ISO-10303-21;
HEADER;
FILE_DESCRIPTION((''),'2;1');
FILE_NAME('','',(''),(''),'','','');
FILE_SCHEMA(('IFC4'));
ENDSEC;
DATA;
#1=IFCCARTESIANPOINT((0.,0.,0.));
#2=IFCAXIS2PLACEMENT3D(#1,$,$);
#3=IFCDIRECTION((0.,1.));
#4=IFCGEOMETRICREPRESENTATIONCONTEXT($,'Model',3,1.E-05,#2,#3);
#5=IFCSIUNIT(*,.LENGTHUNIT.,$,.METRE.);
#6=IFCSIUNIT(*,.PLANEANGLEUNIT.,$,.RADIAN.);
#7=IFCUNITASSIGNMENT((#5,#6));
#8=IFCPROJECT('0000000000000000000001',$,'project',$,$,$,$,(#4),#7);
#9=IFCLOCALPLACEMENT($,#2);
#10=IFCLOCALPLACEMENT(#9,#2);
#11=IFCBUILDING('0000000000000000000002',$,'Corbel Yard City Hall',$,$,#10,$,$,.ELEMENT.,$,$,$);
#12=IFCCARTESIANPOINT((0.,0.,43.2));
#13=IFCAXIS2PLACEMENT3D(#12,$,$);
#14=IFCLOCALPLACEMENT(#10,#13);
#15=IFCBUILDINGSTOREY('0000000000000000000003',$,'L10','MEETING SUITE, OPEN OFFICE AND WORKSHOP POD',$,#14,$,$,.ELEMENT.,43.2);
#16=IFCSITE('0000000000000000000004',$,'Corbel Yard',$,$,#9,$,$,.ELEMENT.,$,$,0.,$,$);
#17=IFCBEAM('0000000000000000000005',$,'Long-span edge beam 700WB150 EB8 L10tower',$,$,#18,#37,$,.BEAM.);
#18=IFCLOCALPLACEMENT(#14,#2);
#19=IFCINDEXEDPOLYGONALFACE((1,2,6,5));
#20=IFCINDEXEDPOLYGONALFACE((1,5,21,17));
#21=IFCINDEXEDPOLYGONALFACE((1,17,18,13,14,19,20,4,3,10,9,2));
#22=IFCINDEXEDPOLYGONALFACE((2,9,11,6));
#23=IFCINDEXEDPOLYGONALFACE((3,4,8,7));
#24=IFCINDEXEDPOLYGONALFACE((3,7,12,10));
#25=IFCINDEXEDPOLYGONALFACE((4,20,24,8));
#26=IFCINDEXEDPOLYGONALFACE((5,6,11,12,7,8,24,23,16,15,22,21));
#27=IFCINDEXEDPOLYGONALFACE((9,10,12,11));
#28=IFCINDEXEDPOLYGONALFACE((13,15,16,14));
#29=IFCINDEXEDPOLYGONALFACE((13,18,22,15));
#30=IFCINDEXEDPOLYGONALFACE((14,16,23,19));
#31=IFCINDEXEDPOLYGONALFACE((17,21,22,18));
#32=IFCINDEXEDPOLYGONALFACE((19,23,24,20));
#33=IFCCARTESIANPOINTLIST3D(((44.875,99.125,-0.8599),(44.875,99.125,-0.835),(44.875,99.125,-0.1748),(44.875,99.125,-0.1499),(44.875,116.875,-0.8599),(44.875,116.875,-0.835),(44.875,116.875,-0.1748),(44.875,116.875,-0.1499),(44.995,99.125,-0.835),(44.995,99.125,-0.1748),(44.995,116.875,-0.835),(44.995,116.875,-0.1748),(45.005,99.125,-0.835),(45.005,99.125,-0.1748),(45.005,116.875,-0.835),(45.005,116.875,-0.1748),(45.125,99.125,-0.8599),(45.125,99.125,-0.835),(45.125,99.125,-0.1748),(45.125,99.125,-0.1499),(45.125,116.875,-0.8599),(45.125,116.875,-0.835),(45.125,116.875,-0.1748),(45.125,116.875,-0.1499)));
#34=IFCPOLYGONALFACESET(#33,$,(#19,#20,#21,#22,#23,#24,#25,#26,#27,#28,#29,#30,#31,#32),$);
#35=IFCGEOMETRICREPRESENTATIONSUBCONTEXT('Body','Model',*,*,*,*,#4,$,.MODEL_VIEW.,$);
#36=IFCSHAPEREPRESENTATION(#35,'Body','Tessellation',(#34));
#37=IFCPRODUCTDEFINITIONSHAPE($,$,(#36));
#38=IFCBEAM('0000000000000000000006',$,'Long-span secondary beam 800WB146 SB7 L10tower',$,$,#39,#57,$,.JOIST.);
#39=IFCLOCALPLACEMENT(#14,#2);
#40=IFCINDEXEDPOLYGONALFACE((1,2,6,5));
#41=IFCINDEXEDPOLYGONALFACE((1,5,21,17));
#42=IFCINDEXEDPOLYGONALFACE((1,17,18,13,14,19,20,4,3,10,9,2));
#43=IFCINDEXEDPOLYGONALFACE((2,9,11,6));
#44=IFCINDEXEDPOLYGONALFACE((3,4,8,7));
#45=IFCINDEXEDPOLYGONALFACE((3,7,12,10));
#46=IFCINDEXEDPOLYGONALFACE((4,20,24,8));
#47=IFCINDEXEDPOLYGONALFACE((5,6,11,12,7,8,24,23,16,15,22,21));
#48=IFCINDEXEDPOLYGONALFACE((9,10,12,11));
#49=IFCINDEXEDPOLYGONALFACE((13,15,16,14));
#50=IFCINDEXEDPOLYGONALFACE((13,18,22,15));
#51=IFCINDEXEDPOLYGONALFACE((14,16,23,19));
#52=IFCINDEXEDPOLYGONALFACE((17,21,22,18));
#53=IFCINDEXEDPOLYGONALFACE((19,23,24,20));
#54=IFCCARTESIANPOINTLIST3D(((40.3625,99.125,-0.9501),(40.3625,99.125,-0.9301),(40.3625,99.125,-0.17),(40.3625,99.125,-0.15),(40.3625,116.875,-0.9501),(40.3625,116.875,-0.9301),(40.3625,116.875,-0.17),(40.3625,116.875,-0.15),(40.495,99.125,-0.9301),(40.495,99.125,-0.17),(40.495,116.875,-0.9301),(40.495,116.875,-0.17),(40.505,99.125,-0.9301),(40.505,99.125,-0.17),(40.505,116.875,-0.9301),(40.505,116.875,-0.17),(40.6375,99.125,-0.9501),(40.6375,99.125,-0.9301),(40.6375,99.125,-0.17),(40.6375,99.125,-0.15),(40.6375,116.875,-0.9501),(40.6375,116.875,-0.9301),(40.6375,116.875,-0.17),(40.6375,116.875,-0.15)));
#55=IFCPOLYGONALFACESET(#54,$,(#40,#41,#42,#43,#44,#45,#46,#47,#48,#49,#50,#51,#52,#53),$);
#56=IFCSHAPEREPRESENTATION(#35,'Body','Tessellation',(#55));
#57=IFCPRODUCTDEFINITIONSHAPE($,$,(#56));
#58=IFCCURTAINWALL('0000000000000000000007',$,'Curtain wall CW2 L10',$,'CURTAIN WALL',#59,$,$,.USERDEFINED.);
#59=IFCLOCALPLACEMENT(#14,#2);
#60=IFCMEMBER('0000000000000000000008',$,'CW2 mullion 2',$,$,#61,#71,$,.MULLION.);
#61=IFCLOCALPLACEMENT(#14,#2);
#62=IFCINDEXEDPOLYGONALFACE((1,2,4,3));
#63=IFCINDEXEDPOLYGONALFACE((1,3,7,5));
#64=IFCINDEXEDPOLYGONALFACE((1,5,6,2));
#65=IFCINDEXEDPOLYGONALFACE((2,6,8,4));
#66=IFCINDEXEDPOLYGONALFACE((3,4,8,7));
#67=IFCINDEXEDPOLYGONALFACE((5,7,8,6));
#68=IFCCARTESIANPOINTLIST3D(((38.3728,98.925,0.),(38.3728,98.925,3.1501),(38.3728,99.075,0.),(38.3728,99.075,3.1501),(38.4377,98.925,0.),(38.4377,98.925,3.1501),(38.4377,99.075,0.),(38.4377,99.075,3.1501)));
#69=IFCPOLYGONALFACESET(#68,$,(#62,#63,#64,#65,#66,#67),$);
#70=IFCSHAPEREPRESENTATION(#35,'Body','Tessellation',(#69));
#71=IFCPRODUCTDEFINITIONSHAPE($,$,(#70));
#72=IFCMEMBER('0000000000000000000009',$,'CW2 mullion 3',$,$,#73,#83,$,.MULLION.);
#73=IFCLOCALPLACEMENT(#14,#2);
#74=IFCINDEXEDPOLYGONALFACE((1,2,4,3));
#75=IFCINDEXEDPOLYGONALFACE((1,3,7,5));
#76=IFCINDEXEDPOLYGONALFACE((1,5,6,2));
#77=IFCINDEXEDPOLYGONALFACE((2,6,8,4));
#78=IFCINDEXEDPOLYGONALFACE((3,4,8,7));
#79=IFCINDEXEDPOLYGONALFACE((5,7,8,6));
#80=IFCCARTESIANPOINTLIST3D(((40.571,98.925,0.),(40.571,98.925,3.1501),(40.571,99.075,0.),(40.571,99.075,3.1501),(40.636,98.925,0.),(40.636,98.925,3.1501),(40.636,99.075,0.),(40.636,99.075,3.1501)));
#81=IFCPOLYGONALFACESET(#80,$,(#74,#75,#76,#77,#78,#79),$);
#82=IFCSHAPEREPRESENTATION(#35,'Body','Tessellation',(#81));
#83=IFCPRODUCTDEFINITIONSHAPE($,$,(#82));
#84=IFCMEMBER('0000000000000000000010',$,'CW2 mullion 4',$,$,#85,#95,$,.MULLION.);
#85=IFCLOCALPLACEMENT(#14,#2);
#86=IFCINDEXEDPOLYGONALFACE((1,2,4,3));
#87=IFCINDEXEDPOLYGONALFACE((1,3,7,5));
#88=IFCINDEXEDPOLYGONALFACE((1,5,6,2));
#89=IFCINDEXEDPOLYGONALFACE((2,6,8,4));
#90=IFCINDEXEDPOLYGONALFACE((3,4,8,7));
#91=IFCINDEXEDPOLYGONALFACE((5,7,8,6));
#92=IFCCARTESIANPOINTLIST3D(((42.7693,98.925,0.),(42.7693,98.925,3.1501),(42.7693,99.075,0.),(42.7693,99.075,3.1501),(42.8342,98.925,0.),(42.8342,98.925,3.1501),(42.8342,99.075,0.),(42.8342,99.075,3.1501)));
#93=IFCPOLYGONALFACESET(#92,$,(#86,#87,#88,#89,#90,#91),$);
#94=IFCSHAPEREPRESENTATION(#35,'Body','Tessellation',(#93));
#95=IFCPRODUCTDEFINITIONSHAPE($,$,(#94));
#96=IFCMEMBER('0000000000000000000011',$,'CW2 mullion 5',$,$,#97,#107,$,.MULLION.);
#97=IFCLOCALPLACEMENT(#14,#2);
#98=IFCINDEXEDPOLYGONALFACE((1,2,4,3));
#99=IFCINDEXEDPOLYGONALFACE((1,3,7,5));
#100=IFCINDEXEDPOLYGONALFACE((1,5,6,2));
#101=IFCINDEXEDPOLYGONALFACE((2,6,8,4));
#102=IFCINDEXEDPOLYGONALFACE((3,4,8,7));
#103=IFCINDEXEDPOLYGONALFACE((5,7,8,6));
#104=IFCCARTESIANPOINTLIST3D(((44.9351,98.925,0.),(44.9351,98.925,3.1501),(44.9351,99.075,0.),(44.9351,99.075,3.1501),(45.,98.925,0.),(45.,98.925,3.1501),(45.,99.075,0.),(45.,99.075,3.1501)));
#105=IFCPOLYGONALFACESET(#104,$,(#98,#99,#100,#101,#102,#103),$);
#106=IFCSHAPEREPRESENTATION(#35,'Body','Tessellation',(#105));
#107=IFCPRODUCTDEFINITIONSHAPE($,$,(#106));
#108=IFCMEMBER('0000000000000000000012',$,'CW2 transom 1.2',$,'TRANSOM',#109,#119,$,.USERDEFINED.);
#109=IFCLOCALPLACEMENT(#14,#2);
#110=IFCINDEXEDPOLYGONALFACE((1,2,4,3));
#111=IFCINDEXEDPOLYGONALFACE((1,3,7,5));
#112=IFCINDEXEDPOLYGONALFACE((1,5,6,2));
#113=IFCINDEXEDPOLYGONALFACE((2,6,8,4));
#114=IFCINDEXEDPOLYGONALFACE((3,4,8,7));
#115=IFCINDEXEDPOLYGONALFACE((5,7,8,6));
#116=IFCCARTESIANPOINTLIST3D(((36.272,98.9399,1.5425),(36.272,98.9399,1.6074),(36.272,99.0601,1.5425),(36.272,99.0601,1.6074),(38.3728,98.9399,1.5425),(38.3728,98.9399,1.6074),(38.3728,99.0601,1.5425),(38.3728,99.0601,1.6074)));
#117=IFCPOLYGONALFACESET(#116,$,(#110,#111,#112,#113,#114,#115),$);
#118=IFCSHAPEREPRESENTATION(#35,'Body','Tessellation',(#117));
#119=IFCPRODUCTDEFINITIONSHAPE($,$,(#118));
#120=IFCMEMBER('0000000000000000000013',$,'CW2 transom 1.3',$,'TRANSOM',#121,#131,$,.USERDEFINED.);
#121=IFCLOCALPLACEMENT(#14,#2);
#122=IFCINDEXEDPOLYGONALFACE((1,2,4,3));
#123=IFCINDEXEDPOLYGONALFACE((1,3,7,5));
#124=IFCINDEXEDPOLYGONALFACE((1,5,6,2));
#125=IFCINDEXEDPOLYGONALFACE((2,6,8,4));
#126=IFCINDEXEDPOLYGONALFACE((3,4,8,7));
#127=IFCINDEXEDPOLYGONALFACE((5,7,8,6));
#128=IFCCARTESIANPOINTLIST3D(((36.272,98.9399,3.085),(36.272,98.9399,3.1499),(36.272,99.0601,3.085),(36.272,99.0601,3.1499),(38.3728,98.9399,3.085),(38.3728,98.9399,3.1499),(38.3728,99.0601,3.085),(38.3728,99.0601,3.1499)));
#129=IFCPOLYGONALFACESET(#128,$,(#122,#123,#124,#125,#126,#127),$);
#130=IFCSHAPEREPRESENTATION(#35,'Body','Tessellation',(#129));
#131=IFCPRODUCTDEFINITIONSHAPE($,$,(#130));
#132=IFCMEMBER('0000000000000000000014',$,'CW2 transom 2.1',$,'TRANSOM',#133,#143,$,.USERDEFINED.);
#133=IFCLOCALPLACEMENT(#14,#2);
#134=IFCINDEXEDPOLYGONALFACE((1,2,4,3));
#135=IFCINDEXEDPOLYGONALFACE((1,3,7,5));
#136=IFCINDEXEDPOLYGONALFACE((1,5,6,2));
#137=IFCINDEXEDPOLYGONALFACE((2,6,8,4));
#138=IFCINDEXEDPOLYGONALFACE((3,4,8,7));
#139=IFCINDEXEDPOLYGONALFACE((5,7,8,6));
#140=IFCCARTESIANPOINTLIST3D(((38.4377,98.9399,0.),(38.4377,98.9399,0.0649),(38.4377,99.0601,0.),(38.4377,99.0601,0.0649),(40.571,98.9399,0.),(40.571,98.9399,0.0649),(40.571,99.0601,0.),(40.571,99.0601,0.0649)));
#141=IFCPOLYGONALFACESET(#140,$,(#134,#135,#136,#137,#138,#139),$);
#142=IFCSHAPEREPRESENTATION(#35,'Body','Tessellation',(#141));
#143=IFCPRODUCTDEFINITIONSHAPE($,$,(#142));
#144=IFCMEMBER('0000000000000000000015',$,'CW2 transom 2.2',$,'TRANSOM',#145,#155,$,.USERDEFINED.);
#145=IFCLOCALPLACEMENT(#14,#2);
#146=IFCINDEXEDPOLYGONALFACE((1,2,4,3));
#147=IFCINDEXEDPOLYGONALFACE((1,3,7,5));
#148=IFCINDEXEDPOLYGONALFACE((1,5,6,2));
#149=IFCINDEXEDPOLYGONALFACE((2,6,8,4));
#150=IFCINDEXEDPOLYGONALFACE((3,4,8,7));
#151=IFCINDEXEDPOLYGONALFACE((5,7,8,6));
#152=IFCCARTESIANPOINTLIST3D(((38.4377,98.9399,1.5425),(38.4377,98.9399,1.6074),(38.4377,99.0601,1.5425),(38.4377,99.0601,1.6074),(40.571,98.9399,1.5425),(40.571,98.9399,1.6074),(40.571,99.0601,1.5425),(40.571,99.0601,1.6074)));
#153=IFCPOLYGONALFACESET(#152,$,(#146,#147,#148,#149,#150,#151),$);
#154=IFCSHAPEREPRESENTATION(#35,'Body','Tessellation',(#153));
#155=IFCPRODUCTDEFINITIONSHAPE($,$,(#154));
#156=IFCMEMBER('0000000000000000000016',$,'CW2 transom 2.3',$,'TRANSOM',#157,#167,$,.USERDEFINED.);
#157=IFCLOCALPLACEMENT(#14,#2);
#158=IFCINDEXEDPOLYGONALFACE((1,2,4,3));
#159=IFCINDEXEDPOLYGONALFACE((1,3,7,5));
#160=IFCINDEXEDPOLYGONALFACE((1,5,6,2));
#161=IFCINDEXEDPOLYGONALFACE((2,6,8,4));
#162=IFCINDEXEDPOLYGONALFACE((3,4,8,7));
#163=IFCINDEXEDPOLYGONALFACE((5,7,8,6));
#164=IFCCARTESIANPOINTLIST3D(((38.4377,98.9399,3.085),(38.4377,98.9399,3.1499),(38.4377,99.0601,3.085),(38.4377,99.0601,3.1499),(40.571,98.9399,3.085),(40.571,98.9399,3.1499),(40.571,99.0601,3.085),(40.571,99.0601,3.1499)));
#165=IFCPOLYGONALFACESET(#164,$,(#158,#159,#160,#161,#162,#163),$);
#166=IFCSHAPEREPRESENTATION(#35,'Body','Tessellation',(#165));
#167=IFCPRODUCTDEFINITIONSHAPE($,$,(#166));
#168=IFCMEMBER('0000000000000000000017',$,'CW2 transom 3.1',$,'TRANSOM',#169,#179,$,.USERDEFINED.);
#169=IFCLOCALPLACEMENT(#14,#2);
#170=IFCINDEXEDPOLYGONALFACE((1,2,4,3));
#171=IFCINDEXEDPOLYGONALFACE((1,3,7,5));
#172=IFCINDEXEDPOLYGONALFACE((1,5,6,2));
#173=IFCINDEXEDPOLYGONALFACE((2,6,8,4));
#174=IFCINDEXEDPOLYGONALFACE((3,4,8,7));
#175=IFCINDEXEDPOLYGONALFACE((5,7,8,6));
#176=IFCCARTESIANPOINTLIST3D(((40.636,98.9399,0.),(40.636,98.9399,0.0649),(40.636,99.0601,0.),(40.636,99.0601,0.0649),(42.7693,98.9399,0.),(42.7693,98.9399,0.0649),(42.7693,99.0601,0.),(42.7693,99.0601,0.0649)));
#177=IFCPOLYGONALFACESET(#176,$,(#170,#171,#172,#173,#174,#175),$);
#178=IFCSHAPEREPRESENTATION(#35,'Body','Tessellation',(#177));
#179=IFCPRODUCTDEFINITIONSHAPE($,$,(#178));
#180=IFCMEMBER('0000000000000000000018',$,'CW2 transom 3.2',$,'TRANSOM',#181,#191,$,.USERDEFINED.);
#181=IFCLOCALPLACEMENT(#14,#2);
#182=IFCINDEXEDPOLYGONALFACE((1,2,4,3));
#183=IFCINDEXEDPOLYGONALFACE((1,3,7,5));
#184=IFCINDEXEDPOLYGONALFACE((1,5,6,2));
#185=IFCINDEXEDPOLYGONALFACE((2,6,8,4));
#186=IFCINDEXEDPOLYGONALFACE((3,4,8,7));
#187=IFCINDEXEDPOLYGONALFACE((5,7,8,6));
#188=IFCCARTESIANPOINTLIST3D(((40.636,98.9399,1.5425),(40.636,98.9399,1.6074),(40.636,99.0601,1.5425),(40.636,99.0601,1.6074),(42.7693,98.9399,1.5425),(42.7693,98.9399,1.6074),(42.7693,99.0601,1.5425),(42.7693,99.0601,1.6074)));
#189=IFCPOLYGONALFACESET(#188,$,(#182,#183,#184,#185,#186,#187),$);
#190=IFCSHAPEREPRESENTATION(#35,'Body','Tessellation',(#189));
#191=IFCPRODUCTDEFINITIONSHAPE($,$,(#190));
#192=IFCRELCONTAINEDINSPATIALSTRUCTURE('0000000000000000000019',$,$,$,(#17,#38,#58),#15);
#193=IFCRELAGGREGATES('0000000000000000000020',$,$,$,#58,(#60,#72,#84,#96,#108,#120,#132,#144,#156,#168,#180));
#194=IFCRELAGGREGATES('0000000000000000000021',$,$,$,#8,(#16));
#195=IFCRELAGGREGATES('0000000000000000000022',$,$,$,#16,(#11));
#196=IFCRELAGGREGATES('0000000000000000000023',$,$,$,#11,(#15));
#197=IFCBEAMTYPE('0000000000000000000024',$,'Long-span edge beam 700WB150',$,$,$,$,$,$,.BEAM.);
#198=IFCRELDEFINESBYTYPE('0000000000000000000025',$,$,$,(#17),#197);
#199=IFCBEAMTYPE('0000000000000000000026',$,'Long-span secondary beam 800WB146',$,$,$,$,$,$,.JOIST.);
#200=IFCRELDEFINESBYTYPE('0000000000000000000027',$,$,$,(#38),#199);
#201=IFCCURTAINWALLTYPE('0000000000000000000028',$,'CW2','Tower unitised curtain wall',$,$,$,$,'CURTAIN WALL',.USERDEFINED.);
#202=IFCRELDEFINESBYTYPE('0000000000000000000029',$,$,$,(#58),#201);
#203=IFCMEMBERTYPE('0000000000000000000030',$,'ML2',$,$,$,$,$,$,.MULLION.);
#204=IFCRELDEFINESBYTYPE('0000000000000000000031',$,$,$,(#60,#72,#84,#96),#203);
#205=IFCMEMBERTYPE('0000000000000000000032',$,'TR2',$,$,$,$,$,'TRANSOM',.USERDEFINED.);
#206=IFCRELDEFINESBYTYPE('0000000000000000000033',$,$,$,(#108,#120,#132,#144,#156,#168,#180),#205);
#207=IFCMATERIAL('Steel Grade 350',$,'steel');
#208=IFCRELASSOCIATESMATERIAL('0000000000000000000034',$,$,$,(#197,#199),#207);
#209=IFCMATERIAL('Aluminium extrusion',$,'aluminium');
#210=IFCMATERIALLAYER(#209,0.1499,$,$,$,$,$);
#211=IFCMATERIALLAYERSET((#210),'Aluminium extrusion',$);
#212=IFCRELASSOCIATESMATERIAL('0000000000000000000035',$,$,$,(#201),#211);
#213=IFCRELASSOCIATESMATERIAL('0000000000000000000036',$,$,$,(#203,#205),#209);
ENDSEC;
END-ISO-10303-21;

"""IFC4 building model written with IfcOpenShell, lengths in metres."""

from ifc_helpers import new_model, si_unit, direction, frame, origin, origin_2d, place, context, subcontext, project, spatial, rectangle, i_section, extrude, material, layer, layer_set, material_profile, profile_set, type_object, element, aggregate, save


model = new_model("IFC4")

# Units and contexts
model_context = context("Model", 3, precision=1e-05, world=origin(), true_north=direction((0.0, 1.0)))
body_context = subcontext(model_context, "Body", "Model", "MODEL_VIEW")
ifc_project = project(units=[si_unit("LENGTHUNIT", "METRE"), si_unit("PLANEANGLEUNIT", "RADIAN")], contexts=[model_context])

# Site, building, storey
site_placement = place(None, origin())
site = spatial("IfcSite", under=ifc_project, at=site_placement, Name="Corbel Yard", CompositionType="ELEMENT", RefElevation=0.0)
building_placement = place(site_placement, origin())
building = spatial("IfcBuilding", under=site, at=building_placement, Name="Corbel Yard City Hall", CompositionType="ELEMENT")
storey_placement = place(building_placement, frame((0.0, 0.0, 43.2)))
storey = spatial("IfcBuildingStorey", under=building, at=storey_placement, Name="L10", Description="MEETING SUITE, OPEN OFFICE AND WORKSHOP POD", CompositionType="ELEMENT", Elevation=43.2)

# Beams
ifc_material_1 = material(Name="Steel Grade 350", Category="steel")
ifc_material_profile_1 = material_profile(ifc_material_1, i_section(OverallWidth=0.25, OverallDepth=0.71, WebThickness=0.01, FlangeThickness=0.0249, at=origin_2d()), Name="700WB150")
ifc_profile_set_1 = profile_set([ifc_material_profile_1], Name="Steel Grade 350")
beam_type_1 = type_object("IfcBeamType", Name="Long-span edge beam 700WB150", PredefinedType="BEAM", material=ifc_profile_set_1)
beam_1_placement = place(storey_placement, frame((45.0, 99.125, -0.5049), z_axis=(0.0, 1.0, 0.0), x_axis=(-1.0, 0.0, 0.0)))
element("IfcBeam", 1, at=beam_1_placement, inside=storey, type_object=beam_type_1, Name="Long-span edge beam 700WB150 EB8 L10tower", PredefinedType="BEAM", context=body_context, shape_type="SweptSolid", body=[
    extrude(i_section(OverallWidth=0.25, OverallDepth=0.71, WebThickness=0.01, FlangeThickness=0.0249, at=origin_2d()), origin(), (0.0, 0.0, 1.0), 17.75),
])
ifc_material_profile_2 = material_profile(ifc_material_1, i_section(OverallWidth=0.2749, OverallDepth=0.8, WebThickness=0.01, FlangeThickness=0.02, at=origin_2d()), Name="800WB146")
ifc_profile_set_2 = profile_set([ifc_material_profile_2], Name="Steel Grade 350")
beam_type_2 = type_object("IfcBeamType", Name="Long-span secondary beam 800WB146", PredefinedType="JOIST", material=ifc_profile_set_2)
beam_2_placement = place(storey_placement, frame((40.5, 99.125, -0.55), z_axis=(0.0, 1.0, 0.0), x_axis=(-1.0, 0.0, 0.0)))
element("IfcBeam", 2, at=beam_2_placement, inside=storey, type_object=beam_type_2, Name="Long-span secondary beam 800WB146 SB7 L10tower", PredefinedType="JOIST", context=body_context, shape_type="SweptSolid", body=[
    extrude(i_section(OverallWidth=0.2749, OverallDepth=0.8, WebThickness=0.01, FlangeThickness=0.02, at=origin_2d()), origin(), (0.0, 0.0, 1.0), 17.75),
])

# Curtain wall, members
ifc_material_2 = material(Name="Aluminium extrusion", Category="aluminium")
ifc_layer_1 = layer(ifc_material_2, 0.1499)
ifc_layer_set_1 = layer_set([ifc_layer_1], Name="Aluminium extrusion")
curtain_wall_type = type_object("IfcCurtainWallType", Name="CW2", Description="Tower unitised curtain wall", ElementType="CURTAIN WALL", PredefinedType="USERDEFINED", material=ifc_layer_set_1)
curtain_wall_placement = place(storey_placement, origin())
curtain_wall = element("IfcCurtainWall", 3, at=curtain_wall_placement, inside=storey, type_object=curtain_wall_type, Name="Curtain wall CW2 L10", ObjectType="CURTAIN WALL", PredefinedType="USERDEFINED")
ifc_material_profile_3 = material_profile(ifc_material_2, rectangle(XDim=0.1499, YDim=0.0649, at=origin_2d()), Name="150x65")
ifc_profile_set_3 = profile_set([ifc_material_profile_3], Name="Aluminium extrusion")
member_type_1 = type_object("IfcMemberType", Name="ML2", PredefinedType="MULLION", material=ifc_profile_set_3)
member_1_placement = place(storey_placement, frame((38.4053, 99.0, 0.0), z_axis=(0.0, 0.0, 1.0), x_axis=(0.0, 1.0, 0.0)))
member_1 = element("IfcMember", 4, at=member_1_placement, type_object=member_type_1, Name="CW2 mullion 2", PredefinedType="MULLION", context=body_context, shape_type="SweptSolid", body=[
    extrude(rectangle(XDim=0.1499, YDim=0.0649, at=origin_2d()), origin(), (0.0, 0.0, 1.0), 3.1501),
])
member_2_placement = place(storey_placement, frame((40.6035, 99.0, 0.0), z_axis=(0.0, 0.0, 1.0), x_axis=(0.0, 1.0, 0.0)))
member_2 = element("IfcMember", 5, at=member_2_placement, type_object=member_type_1, Name="CW2 mullion 3", PredefinedType="MULLION", context=body_context, shape_type="SweptSolid", body=[
    extrude(rectangle(XDim=0.1499, YDim=0.0649, at=origin_2d()), origin(), (0.0, 0.0, 1.0), 3.1501),
])
member_3_placement = place(storey_placement, frame((42.8018, 99.0, 0.0), z_axis=(0.0, 0.0, 1.0), x_axis=(0.0, 1.0, 0.0)))
member_3 = element("IfcMember", 6, at=member_3_placement, type_object=member_type_1, Name="CW2 mullion 4", PredefinedType="MULLION", context=body_context, shape_type="SweptSolid", body=[
    extrude(rectangle(XDim=0.1499, YDim=0.0649, at=origin_2d()), origin(), (0.0, 0.0, 1.0), 3.1501),
])
member_4_placement = place(storey_placement, frame((44.9675, 99.0, 0.0), z_axis=(0.0, 0.0, 1.0), x_axis=(0.0, 1.0, 0.0)))
member_4 = element("IfcMember", 7, at=member_4_placement, type_object=member_type_1, Name="CW2 mullion 5", PredefinedType="MULLION", context=body_context, shape_type="SweptSolid", body=[
    extrude(rectangle(XDim=0.1499, YDim=0.0649, at=origin_2d()), origin(), (0.0, 0.0, 1.0), 3.1501),
])
ifc_material_profile_4 = material_profile(ifc_material_2, rectangle(XDim=0.1201, YDim=0.0649, at=origin_2d()), Name="120x65")
ifc_profile_set_4 = profile_set([ifc_material_profile_4], Name="Aluminium extrusion")
member_type_2 = type_object("IfcMemberType", Name="TR2", ElementType="TRANSOM", PredefinedType="USERDEFINED", material=ifc_profile_set_4)
member_5_placement = place(storey_placement, frame((36.272, 99.0, 1.575), z_axis=(1.0, 0.0, 0.0), x_axis=(0.0, 1.0, 0.0)))
member_5 = element("IfcMember", 8, at=member_5_placement, type_object=member_type_2, Name="CW2 transom 1.2", ObjectType="TRANSOM", PredefinedType="USERDEFINED", context=body_context, shape_type="SweptSolid", body=[
    extrude(rectangle(XDim=0.1201, YDim=0.0649, at=origin_2d()), origin(), (0.0, 0.0, 1.0), 2.1008),
])
member_6_placement = place(storey_placement, frame((36.272, 99.0, 3.1174), z_axis=(1.0, 0.0, 0.0), x_axis=(0.0, 1.0, 0.0)))
member_6 = element("IfcMember", 9, at=member_6_placement, type_object=member_type_2, Name="CW2 transom 1.3", ObjectType="TRANSOM", PredefinedType="USERDEFINED", context=body_context, shape_type="SweptSolid", body=[
    extrude(rectangle(XDim=0.1201, YDim=0.0649, at=origin_2d()), origin(), (0.0, 0.0, 1.0), 2.1008),
])
member_7_placement = place(storey_placement, frame((38.4377, 99.0, 0.0325), z_axis=(1.0, 0.0, 0.0), x_axis=(0.0, 1.0, 0.0)))
member_7 = element("IfcMember", 10, at=member_7_placement, type_object=member_type_2, Name="CW2 transom 2.1", ObjectType="TRANSOM", PredefinedType="USERDEFINED", context=body_context, shape_type="SweptSolid", body=[
    extrude(rectangle(XDim=0.1201, YDim=0.0649, at=origin_2d()), origin(), (0.0, 0.0, 1.0), 2.1333),
])
member_8_placement = place(storey_placement, frame((38.4377, 99.0, 1.575), z_axis=(1.0, 0.0, 0.0), x_axis=(0.0, 1.0, 0.0)))
member_8 = element("IfcMember", 11, at=member_8_placement, type_object=member_type_2, Name="CW2 transom 2.2", ObjectType="TRANSOM", PredefinedType="USERDEFINED", context=body_context, shape_type="SweptSolid", body=[
    extrude(rectangle(XDim=0.1201, YDim=0.0649, at=origin_2d()), origin(), (0.0, 0.0, 1.0), 2.1333),
])
member_9_placement = place(storey_placement, frame((38.4377, 99.0, 3.1174), z_axis=(1.0, 0.0, 0.0), x_axis=(0.0, 1.0, 0.0)))
member_9 = element("IfcMember", 12, at=member_9_placement, type_object=member_type_2, Name="CW2 transom 2.3", ObjectType="TRANSOM", PredefinedType="USERDEFINED", context=body_context, shape_type="SweptSolid", body=[
    extrude(rectangle(XDim=0.1201, YDim=0.0649, at=origin_2d()), origin(), (0.0, 0.0, 1.0), 2.1333),
])
member_10_placement = place(storey_placement, frame((40.636, 99.0, 0.0325), z_axis=(1.0, 0.0, 0.0), x_axis=(0.0, 1.0, 0.0)))
member_10 = element("IfcMember", 13, at=member_10_placement, type_object=member_type_2, Name="CW2 transom 3.1", ObjectType="TRANSOM", PredefinedType="USERDEFINED", context=body_context, shape_type="SweptSolid", body=[
    extrude(rectangle(XDim=0.1201, YDim=0.0649, at=origin_2d()), origin(), (0.0, 0.0, 1.0), 2.1333),
])
member_11_placement = place(storey_placement, frame((40.636, 99.0, 1.575), z_axis=(1.0, 0.0, 0.0), x_axis=(0.0, 1.0, 0.0)))
member_11 = element("IfcMember", 14, at=member_11_placement, type_object=member_type_2, Name="CW2 transom 3.2", ObjectType="TRANSOM", PredefinedType="USERDEFINED", context=body_context, shape_type="SweptSolid", body=[
    extrude(rectangle(XDim=0.1201, YDim=0.0649, at=origin_2d()), origin(), (0.0, 0.0, 1.0), 2.1333),
])
aggregate(curtain_wall, [member_1, member_2, member_3, member_4, member_5, member_6, member_7, member_8, member_9, member_10, member_11])

save(model, "model.ifc")
